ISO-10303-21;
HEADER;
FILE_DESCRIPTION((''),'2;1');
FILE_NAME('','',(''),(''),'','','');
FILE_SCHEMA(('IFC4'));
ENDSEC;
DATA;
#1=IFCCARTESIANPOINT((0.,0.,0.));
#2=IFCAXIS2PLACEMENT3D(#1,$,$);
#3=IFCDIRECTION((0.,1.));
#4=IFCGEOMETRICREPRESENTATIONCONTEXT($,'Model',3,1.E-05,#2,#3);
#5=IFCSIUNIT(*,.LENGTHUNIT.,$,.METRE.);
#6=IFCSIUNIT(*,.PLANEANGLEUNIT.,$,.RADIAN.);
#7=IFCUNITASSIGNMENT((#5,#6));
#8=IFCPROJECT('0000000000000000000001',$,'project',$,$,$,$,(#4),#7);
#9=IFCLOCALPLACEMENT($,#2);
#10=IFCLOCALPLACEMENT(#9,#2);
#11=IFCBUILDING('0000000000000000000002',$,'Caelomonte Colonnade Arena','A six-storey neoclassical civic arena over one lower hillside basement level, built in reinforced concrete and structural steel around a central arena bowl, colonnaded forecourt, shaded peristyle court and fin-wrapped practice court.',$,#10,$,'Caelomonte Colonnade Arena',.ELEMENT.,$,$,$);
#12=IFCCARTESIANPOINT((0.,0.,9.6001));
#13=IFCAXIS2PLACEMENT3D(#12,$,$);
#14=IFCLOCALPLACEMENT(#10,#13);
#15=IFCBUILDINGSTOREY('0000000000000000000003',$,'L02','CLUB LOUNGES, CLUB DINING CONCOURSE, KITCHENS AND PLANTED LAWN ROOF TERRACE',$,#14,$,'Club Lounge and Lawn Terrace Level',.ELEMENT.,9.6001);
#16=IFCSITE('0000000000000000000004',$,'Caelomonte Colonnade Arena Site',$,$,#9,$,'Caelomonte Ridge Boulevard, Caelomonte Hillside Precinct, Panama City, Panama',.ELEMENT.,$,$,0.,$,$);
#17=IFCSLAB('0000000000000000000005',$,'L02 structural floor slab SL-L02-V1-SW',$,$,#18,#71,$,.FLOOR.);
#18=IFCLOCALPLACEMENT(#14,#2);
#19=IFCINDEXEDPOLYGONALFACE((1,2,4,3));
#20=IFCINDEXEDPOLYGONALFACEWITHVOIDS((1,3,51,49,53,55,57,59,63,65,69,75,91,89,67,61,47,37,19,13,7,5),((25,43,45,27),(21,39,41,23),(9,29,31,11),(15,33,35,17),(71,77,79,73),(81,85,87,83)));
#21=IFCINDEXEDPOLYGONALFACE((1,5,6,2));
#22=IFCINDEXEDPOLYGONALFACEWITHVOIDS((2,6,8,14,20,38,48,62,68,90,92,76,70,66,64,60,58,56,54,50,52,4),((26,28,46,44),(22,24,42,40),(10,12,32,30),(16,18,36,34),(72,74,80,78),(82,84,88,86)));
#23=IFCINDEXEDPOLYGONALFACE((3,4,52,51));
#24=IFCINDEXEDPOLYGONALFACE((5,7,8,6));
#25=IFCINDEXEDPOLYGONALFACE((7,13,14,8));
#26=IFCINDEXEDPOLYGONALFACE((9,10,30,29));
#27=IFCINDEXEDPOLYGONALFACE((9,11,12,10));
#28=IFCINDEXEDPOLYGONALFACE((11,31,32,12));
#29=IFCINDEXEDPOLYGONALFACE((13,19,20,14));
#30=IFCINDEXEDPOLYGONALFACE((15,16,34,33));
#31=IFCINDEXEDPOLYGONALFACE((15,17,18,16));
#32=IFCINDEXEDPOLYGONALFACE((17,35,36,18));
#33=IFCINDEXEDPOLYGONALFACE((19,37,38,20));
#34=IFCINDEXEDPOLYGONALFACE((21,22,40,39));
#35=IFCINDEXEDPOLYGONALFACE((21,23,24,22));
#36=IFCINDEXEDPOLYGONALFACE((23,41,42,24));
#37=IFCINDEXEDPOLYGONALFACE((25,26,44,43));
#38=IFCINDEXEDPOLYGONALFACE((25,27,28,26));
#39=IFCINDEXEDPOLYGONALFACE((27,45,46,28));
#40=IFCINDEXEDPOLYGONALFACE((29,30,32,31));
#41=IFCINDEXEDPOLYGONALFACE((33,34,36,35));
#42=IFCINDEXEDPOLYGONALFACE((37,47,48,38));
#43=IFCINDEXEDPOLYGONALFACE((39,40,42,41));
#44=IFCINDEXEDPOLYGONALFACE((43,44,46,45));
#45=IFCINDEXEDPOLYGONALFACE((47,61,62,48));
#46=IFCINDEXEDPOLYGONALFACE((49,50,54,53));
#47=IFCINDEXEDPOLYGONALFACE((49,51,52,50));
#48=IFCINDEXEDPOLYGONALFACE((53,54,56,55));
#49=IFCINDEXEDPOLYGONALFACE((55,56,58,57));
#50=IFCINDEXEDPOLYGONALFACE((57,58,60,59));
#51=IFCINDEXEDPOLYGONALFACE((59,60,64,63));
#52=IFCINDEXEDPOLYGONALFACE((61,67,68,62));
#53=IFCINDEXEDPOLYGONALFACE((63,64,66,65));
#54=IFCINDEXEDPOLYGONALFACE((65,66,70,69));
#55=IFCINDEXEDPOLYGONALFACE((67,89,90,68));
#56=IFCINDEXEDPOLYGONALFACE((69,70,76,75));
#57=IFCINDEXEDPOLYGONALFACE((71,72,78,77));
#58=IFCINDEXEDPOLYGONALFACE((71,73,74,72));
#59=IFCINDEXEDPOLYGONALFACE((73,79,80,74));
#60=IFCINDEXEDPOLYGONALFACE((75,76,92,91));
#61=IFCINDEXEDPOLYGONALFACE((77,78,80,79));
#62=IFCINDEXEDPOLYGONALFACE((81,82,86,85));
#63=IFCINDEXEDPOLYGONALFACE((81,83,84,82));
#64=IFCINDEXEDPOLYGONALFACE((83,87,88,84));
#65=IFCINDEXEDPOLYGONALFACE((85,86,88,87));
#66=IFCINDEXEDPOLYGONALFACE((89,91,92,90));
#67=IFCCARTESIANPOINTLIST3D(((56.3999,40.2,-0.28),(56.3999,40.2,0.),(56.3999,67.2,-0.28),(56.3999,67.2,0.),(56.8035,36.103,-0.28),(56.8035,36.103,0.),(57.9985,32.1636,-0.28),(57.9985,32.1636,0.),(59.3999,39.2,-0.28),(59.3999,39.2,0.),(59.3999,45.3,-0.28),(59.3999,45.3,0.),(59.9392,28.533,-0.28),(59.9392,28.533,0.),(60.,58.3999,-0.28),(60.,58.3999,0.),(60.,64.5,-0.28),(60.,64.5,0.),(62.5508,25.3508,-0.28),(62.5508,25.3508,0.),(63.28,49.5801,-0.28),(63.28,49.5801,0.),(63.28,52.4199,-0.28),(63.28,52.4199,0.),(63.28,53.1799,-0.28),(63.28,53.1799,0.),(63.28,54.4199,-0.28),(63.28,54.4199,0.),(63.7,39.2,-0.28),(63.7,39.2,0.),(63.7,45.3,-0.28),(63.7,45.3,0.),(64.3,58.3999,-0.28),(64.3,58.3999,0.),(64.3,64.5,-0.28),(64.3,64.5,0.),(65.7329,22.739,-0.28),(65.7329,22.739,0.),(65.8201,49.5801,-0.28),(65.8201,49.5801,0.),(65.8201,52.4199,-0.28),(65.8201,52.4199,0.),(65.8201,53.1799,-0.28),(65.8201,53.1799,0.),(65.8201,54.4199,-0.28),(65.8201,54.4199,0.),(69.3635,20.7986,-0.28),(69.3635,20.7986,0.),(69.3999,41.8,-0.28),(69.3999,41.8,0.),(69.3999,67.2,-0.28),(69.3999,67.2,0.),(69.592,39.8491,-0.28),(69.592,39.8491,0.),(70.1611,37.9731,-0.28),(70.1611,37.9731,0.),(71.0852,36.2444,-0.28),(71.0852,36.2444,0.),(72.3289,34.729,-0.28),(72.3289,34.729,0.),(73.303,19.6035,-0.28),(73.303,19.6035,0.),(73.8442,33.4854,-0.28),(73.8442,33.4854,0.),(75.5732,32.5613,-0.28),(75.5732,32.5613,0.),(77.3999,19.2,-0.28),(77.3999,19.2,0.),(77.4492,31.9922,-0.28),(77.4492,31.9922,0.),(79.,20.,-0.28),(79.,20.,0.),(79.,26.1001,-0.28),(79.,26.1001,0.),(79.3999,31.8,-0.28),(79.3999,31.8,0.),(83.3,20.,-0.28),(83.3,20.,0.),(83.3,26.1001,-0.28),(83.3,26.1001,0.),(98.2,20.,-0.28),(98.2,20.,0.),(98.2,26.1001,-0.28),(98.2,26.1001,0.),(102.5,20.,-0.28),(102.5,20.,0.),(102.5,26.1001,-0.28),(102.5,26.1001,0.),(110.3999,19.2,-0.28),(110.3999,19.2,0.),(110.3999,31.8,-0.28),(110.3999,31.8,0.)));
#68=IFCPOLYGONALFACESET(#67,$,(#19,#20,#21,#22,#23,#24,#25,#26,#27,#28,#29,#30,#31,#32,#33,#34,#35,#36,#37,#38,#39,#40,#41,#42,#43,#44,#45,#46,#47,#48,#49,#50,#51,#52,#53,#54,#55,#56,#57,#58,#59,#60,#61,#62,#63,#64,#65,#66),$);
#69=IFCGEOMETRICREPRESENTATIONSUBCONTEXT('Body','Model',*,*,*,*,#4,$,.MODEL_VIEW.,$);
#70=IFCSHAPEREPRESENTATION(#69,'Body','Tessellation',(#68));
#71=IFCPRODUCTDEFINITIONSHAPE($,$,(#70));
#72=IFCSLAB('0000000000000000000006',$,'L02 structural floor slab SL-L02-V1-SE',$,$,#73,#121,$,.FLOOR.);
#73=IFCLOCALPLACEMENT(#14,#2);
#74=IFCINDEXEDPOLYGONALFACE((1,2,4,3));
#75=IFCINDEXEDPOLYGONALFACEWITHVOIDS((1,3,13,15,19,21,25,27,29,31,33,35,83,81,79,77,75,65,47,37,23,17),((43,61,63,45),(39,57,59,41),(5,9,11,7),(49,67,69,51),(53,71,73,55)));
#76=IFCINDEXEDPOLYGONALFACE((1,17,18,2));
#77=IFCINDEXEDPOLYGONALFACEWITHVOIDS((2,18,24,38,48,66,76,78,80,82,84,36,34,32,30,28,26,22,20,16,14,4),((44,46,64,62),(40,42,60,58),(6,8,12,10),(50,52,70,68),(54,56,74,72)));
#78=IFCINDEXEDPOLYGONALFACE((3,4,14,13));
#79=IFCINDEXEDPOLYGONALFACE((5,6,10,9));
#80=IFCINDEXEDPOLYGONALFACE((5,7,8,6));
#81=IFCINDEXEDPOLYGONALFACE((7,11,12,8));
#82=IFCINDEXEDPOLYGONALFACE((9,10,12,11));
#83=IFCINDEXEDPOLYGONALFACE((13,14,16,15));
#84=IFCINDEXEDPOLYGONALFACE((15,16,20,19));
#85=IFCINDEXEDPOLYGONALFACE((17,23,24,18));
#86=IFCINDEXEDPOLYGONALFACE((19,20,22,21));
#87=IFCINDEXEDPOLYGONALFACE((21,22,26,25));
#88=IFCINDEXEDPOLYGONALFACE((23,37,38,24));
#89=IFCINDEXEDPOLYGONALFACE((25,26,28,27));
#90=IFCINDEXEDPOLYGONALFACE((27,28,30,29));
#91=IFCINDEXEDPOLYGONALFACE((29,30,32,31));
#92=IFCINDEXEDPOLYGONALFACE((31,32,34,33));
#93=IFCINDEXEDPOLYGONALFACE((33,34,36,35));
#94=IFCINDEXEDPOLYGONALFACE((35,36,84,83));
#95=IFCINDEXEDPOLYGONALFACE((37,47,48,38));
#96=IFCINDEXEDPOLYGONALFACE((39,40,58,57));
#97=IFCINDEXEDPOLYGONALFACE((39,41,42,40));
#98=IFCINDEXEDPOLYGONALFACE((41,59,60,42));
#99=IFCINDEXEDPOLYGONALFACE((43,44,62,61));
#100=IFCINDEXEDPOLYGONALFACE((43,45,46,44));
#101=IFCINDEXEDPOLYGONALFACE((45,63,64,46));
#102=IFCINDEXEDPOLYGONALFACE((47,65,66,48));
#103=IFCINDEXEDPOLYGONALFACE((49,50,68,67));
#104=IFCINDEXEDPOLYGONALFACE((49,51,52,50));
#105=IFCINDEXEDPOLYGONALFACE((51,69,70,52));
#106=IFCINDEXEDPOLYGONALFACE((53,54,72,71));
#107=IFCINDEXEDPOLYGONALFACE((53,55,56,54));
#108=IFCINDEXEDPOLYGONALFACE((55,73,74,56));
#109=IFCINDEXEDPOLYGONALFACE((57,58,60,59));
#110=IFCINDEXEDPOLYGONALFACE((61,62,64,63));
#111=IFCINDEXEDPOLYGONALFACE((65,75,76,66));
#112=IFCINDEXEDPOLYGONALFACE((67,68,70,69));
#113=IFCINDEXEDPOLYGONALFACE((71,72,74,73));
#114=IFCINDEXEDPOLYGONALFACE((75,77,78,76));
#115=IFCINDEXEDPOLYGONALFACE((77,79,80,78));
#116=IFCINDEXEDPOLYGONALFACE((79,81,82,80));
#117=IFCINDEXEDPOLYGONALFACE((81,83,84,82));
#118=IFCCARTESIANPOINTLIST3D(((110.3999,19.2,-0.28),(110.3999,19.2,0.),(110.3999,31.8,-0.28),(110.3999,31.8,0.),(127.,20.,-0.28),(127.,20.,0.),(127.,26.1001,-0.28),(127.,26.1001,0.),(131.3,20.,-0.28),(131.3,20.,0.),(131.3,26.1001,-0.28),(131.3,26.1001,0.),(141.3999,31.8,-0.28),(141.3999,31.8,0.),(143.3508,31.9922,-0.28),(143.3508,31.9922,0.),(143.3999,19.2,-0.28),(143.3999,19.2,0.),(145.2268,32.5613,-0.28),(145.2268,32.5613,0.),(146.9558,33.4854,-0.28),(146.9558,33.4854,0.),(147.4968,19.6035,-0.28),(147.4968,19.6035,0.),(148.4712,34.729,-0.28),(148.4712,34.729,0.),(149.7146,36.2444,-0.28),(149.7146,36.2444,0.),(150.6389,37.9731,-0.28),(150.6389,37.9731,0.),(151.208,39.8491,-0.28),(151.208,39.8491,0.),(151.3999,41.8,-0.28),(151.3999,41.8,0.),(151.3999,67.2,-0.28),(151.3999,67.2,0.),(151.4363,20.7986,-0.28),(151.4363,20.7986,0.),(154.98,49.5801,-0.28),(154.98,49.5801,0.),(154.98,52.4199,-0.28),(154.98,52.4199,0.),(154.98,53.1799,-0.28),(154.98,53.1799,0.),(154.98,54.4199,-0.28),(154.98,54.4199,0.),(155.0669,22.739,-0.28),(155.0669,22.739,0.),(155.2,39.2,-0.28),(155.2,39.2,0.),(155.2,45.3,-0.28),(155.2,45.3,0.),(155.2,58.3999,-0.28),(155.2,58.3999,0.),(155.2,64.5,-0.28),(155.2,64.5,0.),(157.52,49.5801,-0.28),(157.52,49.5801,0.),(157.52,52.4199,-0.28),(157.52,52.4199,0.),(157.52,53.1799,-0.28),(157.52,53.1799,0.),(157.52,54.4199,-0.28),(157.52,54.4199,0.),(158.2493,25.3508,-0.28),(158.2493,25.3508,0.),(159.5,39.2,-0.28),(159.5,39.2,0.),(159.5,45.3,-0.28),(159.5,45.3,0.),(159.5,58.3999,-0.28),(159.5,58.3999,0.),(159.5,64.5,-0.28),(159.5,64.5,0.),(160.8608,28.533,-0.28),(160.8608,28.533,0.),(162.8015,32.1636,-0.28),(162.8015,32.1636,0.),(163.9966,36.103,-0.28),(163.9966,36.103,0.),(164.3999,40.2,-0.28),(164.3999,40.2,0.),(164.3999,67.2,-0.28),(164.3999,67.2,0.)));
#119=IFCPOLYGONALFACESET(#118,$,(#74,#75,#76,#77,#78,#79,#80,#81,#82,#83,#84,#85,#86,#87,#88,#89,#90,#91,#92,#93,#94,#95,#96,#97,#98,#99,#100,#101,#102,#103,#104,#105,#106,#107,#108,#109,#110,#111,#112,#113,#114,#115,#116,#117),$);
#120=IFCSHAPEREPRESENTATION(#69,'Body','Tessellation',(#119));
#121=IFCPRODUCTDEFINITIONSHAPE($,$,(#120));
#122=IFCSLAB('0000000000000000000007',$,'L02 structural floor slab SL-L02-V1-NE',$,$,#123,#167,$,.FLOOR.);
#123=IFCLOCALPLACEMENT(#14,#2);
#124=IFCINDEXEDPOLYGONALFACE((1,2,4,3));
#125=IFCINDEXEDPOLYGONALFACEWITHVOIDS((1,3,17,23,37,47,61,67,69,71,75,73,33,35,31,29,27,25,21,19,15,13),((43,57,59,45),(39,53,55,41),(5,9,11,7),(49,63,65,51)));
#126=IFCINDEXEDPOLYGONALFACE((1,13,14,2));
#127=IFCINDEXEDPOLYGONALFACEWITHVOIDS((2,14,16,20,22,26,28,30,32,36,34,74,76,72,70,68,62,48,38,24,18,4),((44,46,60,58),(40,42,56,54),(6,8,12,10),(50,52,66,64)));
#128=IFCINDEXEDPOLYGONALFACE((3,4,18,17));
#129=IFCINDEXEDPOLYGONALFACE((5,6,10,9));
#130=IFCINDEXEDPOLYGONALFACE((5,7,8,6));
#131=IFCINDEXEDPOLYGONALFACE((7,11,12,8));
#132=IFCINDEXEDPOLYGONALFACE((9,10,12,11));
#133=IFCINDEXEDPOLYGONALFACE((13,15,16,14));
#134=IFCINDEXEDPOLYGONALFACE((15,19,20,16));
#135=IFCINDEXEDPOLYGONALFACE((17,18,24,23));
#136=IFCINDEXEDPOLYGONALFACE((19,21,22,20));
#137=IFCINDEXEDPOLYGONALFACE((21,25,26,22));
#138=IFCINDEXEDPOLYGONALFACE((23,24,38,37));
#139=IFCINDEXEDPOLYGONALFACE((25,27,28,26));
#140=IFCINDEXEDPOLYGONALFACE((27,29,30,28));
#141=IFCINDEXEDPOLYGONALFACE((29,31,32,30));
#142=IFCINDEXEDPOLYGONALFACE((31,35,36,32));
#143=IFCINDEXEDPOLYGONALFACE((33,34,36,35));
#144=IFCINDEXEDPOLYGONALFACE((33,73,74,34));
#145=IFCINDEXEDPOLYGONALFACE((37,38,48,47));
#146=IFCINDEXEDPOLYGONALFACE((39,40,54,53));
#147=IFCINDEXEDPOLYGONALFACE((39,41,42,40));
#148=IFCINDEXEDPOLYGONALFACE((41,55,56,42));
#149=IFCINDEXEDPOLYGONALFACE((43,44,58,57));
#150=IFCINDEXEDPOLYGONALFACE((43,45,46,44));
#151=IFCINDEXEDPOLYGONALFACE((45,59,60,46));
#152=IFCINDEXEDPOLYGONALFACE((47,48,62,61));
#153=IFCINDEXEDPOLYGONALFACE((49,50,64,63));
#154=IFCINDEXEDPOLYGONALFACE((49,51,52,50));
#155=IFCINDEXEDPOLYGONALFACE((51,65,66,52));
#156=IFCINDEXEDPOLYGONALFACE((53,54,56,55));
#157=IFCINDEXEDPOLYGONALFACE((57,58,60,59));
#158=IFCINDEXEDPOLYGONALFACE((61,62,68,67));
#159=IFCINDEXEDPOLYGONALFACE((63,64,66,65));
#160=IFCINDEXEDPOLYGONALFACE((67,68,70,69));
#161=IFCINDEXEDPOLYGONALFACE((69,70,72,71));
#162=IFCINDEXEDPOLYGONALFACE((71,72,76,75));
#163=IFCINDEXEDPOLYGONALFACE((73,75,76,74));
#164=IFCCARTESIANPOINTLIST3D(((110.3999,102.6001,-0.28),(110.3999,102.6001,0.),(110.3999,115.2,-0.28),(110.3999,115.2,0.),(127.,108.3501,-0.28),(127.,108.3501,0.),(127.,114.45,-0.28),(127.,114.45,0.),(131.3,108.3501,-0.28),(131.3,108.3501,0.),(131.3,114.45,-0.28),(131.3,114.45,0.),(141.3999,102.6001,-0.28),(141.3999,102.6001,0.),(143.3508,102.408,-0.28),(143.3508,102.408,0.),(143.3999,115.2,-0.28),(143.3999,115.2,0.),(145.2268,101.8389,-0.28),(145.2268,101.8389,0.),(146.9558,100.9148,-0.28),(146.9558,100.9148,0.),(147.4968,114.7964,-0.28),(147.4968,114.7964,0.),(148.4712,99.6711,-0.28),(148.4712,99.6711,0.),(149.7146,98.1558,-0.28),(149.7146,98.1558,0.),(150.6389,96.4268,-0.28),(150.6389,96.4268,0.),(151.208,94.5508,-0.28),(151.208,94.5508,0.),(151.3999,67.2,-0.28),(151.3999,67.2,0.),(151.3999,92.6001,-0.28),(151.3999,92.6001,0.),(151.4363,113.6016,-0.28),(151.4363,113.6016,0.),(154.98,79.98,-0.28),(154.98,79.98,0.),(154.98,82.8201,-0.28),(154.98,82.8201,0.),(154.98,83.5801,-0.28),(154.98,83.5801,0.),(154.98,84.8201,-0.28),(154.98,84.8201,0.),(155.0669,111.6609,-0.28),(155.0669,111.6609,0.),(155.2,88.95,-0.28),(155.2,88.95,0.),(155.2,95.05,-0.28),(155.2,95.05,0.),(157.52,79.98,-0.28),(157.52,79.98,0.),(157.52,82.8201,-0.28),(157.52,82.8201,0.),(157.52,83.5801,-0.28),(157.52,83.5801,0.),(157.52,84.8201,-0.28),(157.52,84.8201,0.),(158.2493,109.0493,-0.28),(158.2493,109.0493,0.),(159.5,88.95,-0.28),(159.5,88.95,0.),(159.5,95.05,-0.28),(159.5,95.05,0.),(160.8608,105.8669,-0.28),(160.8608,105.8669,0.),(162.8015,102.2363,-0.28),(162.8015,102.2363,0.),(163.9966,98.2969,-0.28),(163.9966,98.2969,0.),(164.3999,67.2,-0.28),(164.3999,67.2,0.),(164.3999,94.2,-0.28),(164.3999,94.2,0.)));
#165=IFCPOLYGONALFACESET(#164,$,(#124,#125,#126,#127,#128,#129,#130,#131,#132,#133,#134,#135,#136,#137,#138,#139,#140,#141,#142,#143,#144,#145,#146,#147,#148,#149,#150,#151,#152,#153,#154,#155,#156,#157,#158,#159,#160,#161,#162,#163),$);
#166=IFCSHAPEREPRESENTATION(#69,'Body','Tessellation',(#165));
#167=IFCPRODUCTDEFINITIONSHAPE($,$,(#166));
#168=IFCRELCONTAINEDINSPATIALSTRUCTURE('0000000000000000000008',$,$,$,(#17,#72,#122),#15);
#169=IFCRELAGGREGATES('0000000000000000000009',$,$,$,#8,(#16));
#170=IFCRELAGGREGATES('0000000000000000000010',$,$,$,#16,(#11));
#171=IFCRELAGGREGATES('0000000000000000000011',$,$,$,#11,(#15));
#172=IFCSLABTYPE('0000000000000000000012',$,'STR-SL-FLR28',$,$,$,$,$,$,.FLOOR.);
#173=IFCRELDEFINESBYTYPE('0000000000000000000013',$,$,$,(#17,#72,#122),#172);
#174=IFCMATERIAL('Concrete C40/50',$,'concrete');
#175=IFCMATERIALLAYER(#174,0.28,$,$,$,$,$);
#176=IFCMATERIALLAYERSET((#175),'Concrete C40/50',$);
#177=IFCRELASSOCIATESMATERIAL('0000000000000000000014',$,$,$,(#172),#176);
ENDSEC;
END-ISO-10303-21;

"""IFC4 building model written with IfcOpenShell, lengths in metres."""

from ifc_helpers import new_model, si_unit, direction, frame, origin, place, context, subcontext, project, spatial, polyline, outline, extrude, material, layer, layer_set, type_object, element, save


model = new_model("IFC4")

# Units and contexts
model_context = context("Model", 3, precision=1e-05, world=origin(), true_north=direction((0.0, 1.0)))
body_context = subcontext(model_context, "Body", "Model", "MODEL_VIEW")
ifc_project = project(units=[si_unit("LENGTHUNIT", "METRE"), si_unit("PLANEANGLEUNIT", "RADIAN")], contexts=[model_context])

# Site, building, storey
site_placement = place(None, origin())
site = spatial("IfcSite", under=ifc_project, at=site_placement, Name="Caelomonte Colonnade Arena Site", LongName="Caelomonte Ridge Boulevard, Caelomonte Hillside Precinct, Panama City, Panama", CompositionType="ELEMENT", RefElevation=0.0)
building_placement = place(site_placement, origin())
building = spatial("IfcBuilding", under=site, at=building_placement, Name="Caelomonte Colonnade Arena", Description="A six-storey neoclassical civic arena over one lower hillside basement level, built in reinforced concrete and structural steel around a central arena bowl, colonnaded forecourt, shaded peristyle court and fin-wrapped practice court.", LongName="Caelomonte Colonnade Arena", CompositionType="ELEMENT")
storey_placement = place(building_placement, frame((0.0, 0.0, 9.6001)))
storey = spatial("IfcBuildingStorey", under=building, at=storey_placement, Name="L02", Description="CLUB LOUNGES, CLUB DINING CONCOURSE, KITCHENS AND PLANTED LAWN ROOF TERRACE", LongName="Club Lounge and Lawn Terrace Level", CompositionType="ELEMENT", Elevation=9.6001)

# Shared definitions
ifc_material_1 = material(Name="Concrete C40/50", Category="concrete")

# Slabs
ifc_layer_1 = layer(ifc_material_1, 0.28)
ifc_layer_set_1 = layer_set([ifc_layer_1], Name="Concrete C40/50")
slab_type_1 = type_object("IfcSlabType", Name="STR-SL-FLR28", PredefinedType="FLOOR", material=ifc_layer_set_1)
slab_1_placement = place(storey_placement, frame((0.0, 0.0, -0.28)))
element("IfcSlab", 1, at=slab_1_placement, inside=storey, type_object=slab_type_1, Name="L02 structural floor slab SL-L02-V1-SW", PredefinedType="FLOOR", context=body_context, shape_type="SweptSolid", body=[
    extrude(outline(polyline([(73.303, 19.6035), (77.3999, 19.2), (110.3999, 19.2), (110.3999, 31.8), (79.3999, 31.8), (77.4492, 31.9922), (75.5732, 32.5613), (73.8442, 33.4854), (72.3289, 34.729), (71.0852, 36.2444), (70.1611, 37.9731), (69.592, 39.8491), (69.3999, 41.8), (69.3999, 67.2), (56.3999, 67.2), (56.3999, 40.2), (56.8035, 36.103), (57.9985, 32.1636), (59.9392, 28.533), (62.5508, 25.3508), (65.7329, 22.739), (69.3635, 20.7986), (73.303, 19.6035)]), holes=[polyline([(102.5, 26.1001), (102.5, 20.0), (98.2, 20.0), (98.2, 26.1001), (102.5, 26.1001)]), polyline([(83.3, 26.1001), (83.3, 20.0), (79.0, 20.0), (79.0, 26.1001), (83.3, 26.1001)]), polyline([(63.7, 45.3), (63.7, 39.2), (59.3999, 39.2), (59.3999, 45.3), (63.7, 45.3)]), polyline([(63.28, 49.5801), (63.28, 52.4199), (65.8201, 52.4199), (65.8201, 49.5801), (63.28, 49.5801)]), polyline([(63.28, 53.1799), (63.28, 54.4199), (65.8201, 54.4199), (65.8201, 53.1799), (63.28, 53.1799)]), polyline([(64.3, 58.3999), (60.0, 58.3999), (60.0, 64.5), (64.3, 64.5), (64.3, 58.3999)])]), origin(), (0.0, 0.0, 1.0), 0.28),
])
slab_2_placement = place(storey_placement, frame((0.0, 0.0, -0.28)))
element("IfcSlab", 2, at=slab_2_placement, inside=storey, type_object=slab_type_1, Name="L02 structural floor slab SL-L02-V1-SE", PredefinedType="FLOOR", context=body_context, shape_type="SweptSolid", body=[
    extrude(outline(polyline([(164.3999, 40.2), (164.3999, 67.2), (151.3999, 67.2), (151.3999, 41.8), (151.208, 39.8491), (150.6389, 37.9731), (149.7146, 36.2444), (148.4712, 34.729), (146.9558, 33.4854), (145.2268, 32.5613), (143.3508, 31.9922), (141.3999, 31.8), (110.3999, 31.8), (110.3999, 19.2), (143.3999, 19.2), (147.4968, 19.6035), (151.4363, 20.7986), (155.0669, 22.739), (158.2493, 25.3508), (160.8608, 28.533), (162.8015, 32.1636), (163.9966, 36.103), (164.3999, 40.2)]), holes=[polyline([(131.3, 26.1001), (131.3, 20.0), (127.0, 20.0), (127.0, 26.1001), (131.3, 26.1001)]), polyline([(159.5, 45.3), (159.5, 39.2), (155.2, 39.2), (155.2, 45.3), (159.5, 45.3)]), polyline([(154.98, 49.5801), (154.98, 52.4199), (157.52, 52.4199), (157.52, 49.5801), (154.98, 49.5801)]), polyline([(154.98, 54.4199), (157.52, 54.4199), (157.52, 53.1799), (154.98, 53.1799), (154.98, 54.4199)]), polyline([(159.5, 58.3999), (155.2, 58.3999), (155.2, 64.5), (159.5, 64.5), (159.5, 58.3999)])]), origin(), (0.0, 0.0, 1.0), 0.28),
])
slab_3_placement = place(storey_placement, frame((0.0, 0.0, -0.28)))
element("IfcSlab", 3, at=slab_3_placement, inside=storey, type_object=slab_type_1, Name="L02 structural floor slab SL-L02-V1-NE", PredefinedType="FLOOR", context=body_context, shape_type="SweptSolid", body=[
    extrude(outline(polyline([(143.3999, 115.2), (110.3999, 115.2), (110.3999, 102.6001), (141.3999, 102.6001), (143.3508, 102.408), (145.2268, 101.8389), (146.9558, 100.9148), (148.4712, 99.6711), (149.7146, 98.1558), (150.6389, 96.4268), (151.208, 94.5508), (151.3999, 92.6001), (151.3999, 67.2), (164.3999, 67.2), (164.3999, 94.2), (163.9966, 98.2969), (162.8015, 102.2363), (160.8608, 105.8669), (158.2493, 109.0493), (155.0669, 111.6609), (151.4363, 113.6016), (147.4968, 114.7964), (143.3999, 115.2)]), holes=[polyline([(154.98, 79.98), (154.98, 82.8201), (157.52, 82.8201), (157.52, 79.98), (154.98, 79.98)]), polyline([(154.98, 83.5801), (154.98, 84.8201), (157.52, 84.8201), (157.52, 83.5801), (154.98, 83.5801)]), polyline([(155.2, 88.95), (155.2, 95.05), (159.5, 95.05), (159.5, 88.95), (155.2, 88.95)]), polyline([(127.0, 108.3501), (127.0, 114.45), (131.3, 114.45), (131.3, 108.3501), (127.0, 108.3501)])]), origin(), (0.0, 0.0, 1.0), 0.28),
])

save(model, "model.ifc")
